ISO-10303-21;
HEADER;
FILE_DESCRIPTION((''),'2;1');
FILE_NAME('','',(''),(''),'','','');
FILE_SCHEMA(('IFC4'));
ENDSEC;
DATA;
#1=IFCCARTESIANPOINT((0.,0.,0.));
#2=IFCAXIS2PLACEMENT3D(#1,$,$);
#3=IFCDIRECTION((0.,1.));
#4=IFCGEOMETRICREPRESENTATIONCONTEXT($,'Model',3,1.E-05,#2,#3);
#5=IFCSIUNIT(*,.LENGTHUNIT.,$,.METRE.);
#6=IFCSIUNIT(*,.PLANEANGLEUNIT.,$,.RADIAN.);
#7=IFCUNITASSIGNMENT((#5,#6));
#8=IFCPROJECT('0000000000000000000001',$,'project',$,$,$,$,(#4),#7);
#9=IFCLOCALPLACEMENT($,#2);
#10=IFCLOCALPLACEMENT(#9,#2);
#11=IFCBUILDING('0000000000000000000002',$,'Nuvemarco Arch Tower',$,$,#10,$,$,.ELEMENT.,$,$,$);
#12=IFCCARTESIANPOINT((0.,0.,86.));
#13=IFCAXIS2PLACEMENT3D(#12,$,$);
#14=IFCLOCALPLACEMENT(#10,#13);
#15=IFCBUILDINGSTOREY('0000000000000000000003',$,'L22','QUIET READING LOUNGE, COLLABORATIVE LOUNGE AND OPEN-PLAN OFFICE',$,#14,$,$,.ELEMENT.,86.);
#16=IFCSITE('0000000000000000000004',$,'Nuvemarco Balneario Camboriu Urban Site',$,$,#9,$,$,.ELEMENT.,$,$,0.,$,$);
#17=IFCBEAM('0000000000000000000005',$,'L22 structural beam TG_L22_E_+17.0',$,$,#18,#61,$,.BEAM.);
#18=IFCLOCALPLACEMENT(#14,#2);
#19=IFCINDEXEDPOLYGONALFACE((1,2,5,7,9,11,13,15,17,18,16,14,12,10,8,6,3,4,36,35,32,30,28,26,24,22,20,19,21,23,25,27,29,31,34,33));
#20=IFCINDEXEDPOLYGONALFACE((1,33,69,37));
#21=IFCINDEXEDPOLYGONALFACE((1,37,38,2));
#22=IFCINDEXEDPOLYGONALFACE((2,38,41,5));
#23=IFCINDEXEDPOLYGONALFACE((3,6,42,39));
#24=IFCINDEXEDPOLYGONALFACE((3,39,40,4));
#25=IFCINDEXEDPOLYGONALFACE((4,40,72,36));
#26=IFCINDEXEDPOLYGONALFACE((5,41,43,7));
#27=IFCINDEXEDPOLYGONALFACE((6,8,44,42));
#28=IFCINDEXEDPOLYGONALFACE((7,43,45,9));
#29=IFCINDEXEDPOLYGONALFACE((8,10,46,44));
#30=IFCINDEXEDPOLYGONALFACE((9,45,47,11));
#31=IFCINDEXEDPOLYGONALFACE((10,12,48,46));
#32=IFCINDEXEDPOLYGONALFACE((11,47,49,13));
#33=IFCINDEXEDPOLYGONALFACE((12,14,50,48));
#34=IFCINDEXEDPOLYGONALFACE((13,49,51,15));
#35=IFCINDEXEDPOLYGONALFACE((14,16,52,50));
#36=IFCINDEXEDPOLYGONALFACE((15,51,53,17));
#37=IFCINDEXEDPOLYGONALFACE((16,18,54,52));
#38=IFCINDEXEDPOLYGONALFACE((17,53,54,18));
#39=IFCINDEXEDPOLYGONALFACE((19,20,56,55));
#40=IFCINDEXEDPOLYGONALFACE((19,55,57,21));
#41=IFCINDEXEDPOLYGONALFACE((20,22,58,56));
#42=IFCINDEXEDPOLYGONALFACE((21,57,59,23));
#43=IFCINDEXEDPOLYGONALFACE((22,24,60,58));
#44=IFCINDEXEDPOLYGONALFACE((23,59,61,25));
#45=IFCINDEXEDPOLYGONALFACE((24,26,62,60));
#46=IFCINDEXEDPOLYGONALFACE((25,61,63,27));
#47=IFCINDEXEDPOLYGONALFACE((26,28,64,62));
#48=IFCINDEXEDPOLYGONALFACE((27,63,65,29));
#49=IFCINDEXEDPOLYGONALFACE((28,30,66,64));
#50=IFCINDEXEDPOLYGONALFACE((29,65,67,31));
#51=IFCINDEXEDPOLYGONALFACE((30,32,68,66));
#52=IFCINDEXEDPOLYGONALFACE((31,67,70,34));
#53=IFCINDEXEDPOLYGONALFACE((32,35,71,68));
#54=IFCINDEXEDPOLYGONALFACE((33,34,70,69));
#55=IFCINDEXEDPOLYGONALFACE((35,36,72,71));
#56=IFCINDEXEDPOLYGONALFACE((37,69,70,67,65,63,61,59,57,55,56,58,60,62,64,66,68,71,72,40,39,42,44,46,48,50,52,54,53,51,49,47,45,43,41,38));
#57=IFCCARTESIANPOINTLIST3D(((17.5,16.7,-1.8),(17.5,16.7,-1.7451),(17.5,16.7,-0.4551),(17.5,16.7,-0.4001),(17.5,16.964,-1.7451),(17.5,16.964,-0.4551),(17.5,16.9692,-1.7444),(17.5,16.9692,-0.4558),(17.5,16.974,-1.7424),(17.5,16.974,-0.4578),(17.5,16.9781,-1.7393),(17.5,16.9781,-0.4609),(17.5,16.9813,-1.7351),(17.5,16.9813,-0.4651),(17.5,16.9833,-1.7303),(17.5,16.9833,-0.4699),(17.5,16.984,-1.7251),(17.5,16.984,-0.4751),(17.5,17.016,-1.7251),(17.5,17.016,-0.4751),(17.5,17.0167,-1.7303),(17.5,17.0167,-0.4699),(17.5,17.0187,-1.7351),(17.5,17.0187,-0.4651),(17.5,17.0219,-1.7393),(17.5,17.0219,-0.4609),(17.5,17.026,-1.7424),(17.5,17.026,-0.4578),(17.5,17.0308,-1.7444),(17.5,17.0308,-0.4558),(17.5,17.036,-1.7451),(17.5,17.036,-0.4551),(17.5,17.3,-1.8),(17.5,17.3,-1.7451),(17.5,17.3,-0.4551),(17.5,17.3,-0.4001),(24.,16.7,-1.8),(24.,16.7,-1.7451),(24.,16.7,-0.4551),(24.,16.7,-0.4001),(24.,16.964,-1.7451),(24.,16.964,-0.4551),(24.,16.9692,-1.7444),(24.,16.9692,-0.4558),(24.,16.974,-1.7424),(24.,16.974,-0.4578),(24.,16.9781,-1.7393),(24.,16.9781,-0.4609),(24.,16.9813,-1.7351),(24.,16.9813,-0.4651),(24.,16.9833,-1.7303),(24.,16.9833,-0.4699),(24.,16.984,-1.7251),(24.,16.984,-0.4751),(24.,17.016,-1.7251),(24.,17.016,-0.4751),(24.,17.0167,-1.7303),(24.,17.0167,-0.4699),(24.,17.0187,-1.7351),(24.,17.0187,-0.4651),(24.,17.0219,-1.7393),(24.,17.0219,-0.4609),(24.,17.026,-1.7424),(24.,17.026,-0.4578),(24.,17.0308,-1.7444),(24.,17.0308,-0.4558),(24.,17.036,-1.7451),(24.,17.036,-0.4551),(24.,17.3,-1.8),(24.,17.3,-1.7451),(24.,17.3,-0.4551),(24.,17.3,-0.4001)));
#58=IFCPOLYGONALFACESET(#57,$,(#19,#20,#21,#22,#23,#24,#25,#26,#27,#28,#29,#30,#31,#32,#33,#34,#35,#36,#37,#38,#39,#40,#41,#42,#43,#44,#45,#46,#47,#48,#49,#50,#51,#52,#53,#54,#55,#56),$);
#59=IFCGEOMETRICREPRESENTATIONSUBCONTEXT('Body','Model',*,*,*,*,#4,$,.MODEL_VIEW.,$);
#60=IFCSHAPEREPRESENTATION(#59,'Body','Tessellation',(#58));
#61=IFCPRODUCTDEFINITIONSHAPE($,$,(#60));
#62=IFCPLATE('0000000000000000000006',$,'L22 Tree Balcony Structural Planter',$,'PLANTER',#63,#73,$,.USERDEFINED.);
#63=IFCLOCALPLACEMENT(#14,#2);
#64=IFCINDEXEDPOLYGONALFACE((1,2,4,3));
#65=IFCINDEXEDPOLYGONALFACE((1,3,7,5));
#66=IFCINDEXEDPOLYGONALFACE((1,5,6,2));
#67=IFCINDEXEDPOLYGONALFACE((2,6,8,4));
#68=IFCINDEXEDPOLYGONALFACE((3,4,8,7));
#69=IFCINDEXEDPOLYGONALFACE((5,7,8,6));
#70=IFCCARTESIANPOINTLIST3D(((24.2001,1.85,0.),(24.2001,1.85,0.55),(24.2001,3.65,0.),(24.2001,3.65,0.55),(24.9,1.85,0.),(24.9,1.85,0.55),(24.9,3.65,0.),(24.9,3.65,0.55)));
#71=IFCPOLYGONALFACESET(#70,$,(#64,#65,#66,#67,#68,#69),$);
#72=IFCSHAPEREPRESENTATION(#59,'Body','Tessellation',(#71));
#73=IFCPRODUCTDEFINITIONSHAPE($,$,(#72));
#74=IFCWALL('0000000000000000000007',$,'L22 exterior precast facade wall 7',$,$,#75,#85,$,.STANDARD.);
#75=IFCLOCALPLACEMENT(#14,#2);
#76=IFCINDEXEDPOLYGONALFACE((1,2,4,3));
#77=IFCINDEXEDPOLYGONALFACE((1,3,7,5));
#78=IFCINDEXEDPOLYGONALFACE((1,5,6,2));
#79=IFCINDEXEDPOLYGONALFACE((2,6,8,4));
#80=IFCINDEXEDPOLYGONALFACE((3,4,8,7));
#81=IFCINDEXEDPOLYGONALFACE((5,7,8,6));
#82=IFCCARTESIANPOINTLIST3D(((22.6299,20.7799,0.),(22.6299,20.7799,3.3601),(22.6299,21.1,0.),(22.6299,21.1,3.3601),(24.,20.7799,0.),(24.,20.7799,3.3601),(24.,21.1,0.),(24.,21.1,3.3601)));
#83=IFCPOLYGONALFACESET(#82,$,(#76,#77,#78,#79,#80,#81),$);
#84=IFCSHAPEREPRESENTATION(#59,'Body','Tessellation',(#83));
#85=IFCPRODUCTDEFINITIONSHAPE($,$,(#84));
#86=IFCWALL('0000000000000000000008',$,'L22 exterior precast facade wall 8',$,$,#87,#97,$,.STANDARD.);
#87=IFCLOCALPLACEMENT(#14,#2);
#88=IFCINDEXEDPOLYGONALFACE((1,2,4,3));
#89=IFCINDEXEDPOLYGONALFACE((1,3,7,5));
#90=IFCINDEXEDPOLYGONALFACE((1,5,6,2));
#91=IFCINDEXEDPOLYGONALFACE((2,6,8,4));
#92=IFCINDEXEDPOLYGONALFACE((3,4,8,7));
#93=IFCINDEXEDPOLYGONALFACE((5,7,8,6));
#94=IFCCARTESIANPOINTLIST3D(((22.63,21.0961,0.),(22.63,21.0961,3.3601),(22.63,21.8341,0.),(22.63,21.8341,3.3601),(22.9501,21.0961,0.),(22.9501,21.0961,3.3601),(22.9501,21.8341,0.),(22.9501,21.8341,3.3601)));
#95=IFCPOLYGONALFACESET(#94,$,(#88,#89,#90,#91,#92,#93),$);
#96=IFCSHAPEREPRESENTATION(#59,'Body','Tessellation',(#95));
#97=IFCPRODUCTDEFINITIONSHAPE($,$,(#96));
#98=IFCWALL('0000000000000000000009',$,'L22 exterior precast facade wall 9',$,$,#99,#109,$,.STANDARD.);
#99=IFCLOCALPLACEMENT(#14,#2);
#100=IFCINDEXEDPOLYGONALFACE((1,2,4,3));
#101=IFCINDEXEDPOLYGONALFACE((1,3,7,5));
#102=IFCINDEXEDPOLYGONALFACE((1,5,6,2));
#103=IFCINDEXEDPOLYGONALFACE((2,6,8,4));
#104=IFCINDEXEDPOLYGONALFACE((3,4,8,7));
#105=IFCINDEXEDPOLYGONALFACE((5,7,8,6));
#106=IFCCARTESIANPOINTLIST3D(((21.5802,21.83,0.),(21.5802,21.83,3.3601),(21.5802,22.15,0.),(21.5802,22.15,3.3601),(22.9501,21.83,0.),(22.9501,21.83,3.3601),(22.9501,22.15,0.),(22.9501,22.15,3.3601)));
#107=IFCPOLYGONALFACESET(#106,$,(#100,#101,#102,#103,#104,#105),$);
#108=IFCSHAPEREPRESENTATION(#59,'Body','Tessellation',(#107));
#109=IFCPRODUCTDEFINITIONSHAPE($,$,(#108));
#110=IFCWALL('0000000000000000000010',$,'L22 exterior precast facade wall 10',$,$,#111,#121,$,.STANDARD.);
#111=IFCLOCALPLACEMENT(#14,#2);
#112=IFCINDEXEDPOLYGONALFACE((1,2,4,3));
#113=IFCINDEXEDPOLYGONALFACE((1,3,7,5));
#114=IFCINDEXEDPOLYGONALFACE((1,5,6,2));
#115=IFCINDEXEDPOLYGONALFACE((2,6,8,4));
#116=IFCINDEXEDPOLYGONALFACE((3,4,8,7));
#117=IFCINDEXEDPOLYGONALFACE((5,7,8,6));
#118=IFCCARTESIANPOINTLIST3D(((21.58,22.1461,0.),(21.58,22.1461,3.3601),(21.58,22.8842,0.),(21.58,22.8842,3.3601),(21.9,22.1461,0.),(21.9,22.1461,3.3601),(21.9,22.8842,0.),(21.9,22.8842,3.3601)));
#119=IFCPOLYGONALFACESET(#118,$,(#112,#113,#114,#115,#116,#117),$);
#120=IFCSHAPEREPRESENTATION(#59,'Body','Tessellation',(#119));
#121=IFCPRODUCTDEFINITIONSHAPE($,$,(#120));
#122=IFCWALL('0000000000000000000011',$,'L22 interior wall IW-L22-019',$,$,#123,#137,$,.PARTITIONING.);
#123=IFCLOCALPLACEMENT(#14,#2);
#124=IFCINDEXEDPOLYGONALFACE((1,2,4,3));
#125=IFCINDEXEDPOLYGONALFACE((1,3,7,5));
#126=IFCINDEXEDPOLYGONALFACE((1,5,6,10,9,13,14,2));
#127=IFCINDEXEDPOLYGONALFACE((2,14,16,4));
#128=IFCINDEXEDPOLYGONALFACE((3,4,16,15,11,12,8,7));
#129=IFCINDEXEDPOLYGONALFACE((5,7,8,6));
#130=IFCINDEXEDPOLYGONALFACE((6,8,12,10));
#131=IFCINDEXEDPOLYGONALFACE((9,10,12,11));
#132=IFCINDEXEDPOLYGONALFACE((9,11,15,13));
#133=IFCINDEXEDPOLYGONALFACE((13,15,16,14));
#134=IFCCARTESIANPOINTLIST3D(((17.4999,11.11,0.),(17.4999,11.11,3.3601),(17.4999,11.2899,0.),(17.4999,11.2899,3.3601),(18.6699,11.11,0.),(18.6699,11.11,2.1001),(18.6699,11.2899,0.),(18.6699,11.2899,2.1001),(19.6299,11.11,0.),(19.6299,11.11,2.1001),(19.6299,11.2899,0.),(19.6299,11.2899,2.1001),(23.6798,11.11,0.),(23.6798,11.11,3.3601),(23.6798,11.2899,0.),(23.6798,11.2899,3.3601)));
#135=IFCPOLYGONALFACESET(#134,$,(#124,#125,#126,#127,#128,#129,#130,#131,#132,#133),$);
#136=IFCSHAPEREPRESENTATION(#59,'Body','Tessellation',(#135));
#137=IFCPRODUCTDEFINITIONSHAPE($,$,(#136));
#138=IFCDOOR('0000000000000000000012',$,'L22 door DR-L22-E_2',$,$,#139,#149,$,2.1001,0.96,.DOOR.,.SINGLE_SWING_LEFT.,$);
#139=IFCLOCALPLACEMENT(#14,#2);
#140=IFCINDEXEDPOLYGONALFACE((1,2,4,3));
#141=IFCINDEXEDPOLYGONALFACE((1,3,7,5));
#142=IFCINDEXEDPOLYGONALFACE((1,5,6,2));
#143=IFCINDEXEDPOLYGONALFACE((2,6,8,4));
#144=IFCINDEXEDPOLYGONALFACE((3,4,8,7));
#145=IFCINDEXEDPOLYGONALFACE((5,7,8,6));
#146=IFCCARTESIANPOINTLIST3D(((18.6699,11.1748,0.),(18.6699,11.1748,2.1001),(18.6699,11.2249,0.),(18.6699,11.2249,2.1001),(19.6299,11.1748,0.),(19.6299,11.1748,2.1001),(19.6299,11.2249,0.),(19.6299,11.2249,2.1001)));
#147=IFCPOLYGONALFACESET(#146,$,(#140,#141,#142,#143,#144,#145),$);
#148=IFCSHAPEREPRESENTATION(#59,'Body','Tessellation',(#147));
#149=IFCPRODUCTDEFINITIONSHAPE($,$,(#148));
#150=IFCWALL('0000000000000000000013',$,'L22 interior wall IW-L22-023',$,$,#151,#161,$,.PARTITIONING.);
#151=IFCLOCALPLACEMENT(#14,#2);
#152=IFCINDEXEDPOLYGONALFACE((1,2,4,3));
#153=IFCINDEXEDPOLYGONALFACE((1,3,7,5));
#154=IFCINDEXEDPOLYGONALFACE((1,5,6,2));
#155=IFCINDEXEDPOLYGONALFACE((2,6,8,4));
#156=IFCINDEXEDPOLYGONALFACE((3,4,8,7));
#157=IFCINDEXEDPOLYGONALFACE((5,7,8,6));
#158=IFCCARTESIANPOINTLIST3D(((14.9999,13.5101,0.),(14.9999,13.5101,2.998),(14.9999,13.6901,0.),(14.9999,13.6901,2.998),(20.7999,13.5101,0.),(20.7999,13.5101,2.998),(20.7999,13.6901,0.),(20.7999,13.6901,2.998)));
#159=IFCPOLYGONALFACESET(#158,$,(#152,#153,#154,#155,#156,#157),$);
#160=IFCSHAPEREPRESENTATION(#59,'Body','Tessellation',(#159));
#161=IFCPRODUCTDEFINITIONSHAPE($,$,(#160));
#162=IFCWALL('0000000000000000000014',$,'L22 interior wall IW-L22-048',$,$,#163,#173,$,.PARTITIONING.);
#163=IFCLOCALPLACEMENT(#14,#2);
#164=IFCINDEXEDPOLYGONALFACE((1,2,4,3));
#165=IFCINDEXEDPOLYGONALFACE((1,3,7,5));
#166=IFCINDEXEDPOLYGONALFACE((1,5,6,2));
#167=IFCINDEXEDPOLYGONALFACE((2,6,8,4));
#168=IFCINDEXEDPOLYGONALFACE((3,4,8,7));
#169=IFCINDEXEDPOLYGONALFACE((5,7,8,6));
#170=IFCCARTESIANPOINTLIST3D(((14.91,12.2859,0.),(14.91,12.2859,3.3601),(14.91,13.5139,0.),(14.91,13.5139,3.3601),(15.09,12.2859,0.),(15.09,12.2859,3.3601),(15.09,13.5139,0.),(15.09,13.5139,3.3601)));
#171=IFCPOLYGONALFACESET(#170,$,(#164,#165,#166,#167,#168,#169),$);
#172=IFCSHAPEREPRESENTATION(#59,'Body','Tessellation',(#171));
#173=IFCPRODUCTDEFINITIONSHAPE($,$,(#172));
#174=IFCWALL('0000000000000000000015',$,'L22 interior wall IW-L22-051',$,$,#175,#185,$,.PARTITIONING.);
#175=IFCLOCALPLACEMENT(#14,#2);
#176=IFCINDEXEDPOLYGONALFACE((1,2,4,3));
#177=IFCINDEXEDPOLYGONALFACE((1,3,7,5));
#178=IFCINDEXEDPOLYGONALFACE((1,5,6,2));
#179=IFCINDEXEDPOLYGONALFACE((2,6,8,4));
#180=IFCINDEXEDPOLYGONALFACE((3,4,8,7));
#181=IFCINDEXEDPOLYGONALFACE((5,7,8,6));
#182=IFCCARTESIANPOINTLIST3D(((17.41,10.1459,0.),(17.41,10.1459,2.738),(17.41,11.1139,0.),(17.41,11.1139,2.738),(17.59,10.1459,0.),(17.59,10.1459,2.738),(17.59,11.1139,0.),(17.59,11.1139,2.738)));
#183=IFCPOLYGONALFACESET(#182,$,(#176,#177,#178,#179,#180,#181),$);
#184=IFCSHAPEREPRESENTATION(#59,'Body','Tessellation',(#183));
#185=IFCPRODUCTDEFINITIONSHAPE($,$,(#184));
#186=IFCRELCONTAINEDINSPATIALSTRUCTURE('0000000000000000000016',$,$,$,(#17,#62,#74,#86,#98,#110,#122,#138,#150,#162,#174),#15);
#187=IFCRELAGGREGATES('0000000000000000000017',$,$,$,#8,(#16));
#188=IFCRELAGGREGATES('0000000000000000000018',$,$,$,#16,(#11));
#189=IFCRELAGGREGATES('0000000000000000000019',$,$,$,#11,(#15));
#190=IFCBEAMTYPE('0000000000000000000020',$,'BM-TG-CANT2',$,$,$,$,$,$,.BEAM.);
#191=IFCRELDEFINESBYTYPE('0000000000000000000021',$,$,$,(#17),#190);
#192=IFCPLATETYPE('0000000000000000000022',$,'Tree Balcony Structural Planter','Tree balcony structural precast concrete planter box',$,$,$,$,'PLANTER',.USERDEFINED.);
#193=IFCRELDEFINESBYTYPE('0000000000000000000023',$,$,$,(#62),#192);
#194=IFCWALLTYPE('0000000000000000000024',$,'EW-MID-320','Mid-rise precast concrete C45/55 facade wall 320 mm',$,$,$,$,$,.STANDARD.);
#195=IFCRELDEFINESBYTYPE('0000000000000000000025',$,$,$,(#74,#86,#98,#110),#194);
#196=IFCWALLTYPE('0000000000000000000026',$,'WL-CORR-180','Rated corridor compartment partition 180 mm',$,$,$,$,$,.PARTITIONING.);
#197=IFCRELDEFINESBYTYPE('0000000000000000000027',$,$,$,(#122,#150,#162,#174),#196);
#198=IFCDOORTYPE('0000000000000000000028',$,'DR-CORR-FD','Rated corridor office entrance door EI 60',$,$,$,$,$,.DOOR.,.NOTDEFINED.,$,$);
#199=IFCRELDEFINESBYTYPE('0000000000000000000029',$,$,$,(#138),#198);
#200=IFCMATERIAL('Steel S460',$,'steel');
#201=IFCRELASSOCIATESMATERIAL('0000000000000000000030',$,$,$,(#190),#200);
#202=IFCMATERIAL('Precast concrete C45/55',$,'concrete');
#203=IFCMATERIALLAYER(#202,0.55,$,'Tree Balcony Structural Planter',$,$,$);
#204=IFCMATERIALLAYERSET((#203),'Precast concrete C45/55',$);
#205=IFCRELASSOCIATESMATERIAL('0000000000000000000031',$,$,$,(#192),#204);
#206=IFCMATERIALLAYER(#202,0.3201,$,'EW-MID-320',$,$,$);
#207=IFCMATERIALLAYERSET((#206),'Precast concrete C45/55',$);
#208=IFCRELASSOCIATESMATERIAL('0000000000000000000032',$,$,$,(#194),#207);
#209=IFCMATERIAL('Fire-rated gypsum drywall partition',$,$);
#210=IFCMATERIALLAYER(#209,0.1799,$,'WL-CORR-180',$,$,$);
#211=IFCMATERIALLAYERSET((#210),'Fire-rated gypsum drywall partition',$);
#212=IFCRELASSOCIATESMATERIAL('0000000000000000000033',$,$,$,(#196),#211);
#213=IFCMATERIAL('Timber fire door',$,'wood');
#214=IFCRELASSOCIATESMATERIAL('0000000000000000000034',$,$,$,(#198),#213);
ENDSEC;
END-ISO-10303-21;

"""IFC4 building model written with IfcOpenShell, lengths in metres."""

from ifc_helpers import new_model, si_unit, direction, frame, frame_2d, origin, origin_2d, place, context, subcontext, project, spatial, rectangle, i_section, extrude, source, transform, mapped, material, layer, layer_set, material_profile, profile_set, type_object, type_shapes, element, fill, save


model = new_model("IFC4")

# Units and contexts
model_context = context("Model", 3, precision=1e-05, world=origin(), true_north=direction((0.0, 1.0)))
body_context = subcontext(model_context, "Body", "Model", "MODEL_VIEW")
ifc_project = project(units=[si_unit("LENGTHUNIT", "METRE"), si_unit("PLANEANGLEUNIT", "RADIAN")], contexts=[model_context])

# Site, building, storey
site_placement = place(None, origin())
site = spatial("IfcSite", under=ifc_project, at=site_placement, Name="Nuvemarco Balneario Camboriu Urban Site", CompositionType="ELEMENT", RefElevation=0.0)
building_placement = place(site_placement, origin())
building = spatial("IfcBuilding", under=site, at=building_placement, Name="Nuvemarco Arch Tower", CompositionType="ELEMENT")
storey_placement = place(building_placement, frame((0.0, 0.0, 86.0)))
storey = spatial("IfcBuildingStorey", under=building, at=storey_placement, Name="L22", Description="QUIET READING LOUNGE, COLLABORATIVE LOUNGE AND OPEN-PLAN OFFICE", CompositionType="ELEMENT", Elevation=86.0)

# Shared definitions
ifc_material_1 = material(Name="Steel S460", Category="steel")

# Beam
ifc_material_2 = material(Name="Precast concrete C45/55", Category="concrete")
ifc_material_profile_1 = material_profile(ifc_material_1, i_section(OverallWidth=0.6001, OverallDepth=1.3999, WebThickness=0.032, FlangeThickness=0.0549, FilletRadius=0.02, at=origin_2d()), Name="PG1400x600")
ifc_profile_set_1 = profile_set([ifc_material_profile_1], Name="Steel S460")
beam_type_1 = type_object("IfcBeamType", Name="BM-TG-CANT2", PredefinedType="BEAM", material=ifc_profile_set_1)
beam_1_placement = place(storey_placement, frame((17.5, 17.0, -1.1001), z_axis=(1.0, 0.0, 0.0), x_axis=(0.0, 1.0, 0.0)))
element("IfcBeam", 1, at=beam_1_placement, inside=storey, type_object=beam_type_1, Name="L22 structural beam TG_L22_E_+17.0", PredefinedType="BEAM", context=body_context, shape_type="SweptSolid", body=[
    extrude(i_section(OverallWidth=0.6001, OverallDepth=1.3999, WebThickness=0.032, FlangeThickness=0.0549, FilletRadius=0.02, at=origin_2d()), origin(), (0.0, 0.0, 1.0), 6.5),
])

# Plate
ifc_layer_1 = layer(ifc_material_2, 0.55, Name="Tree Balcony Structural Planter")
ifc_layer_set_1 = layer_set([ifc_layer_1], Name="Precast concrete C45/55")
plate_type = type_object("IfcPlateType", Name="Tree Balcony Structural Planter", Description="Tree balcony structural precast concrete planter box", ElementType="PLANTER", PredefinedType="USERDEFINED", material=ifc_layer_set_1)
shared_shape_1 = source(origin(), body_context, "Body", "SweptSolid", [
    extrude(rectangle(XDim=1.8, YDim=0.7, at=origin_2d()), origin(), (0.0, 0.0, 1.0), 0.55),
])
type_shapes(plate_type, [shared_shape_1])
plate_placement = place(storey_placement, frame((24.55, 2.75, 0.0), z_axis=(0.0, 0.0, 1.0), x_axis=(0.0, 1.0, 0.0)))
element("IfcPlate", 2, at=plate_placement, inside=storey, type_object=plate_type, Name="L22 Tree Balcony Structural Planter", ObjectType="PLANTER", PredefinedType="USERDEFINED", context=body_context, shape_type="MappedRepresentation", body=[
    mapped(shared_shape_1, transform((0.0, 0.0, 0.0), scale=1.0)),
])

# Walls
ifc_layer_2 = layer(ifc_material_2, 0.3201, Name="EW-MID-320")
ifc_layer_set_2 = layer_set([ifc_layer_2], Name="Precast concrete C45/55")
wall_type_1 = type_object("IfcWallType", Name="EW-MID-320", Description="Mid-rise precast concrete C45/55 facade wall 320 mm", PredefinedType="STANDARD", material=ifc_layer_set_2)
wall_1_placement = place(storey_placement, frame((22.6299, 20.9399, 0.0), z_axis=(0.0, 0.0, 1.0), x_axis=(1.0, 0.0, 0.0)))
element("IfcWall", 3, at=wall_1_placement, inside=storey, type_object=wall_type_1, Name="L22 exterior precast facade wall 7", PredefinedType="STANDARD", context=body_context, shape_type="SweptSolid", body=[
    extrude(rectangle(XDim=1.3701, YDim=0.3201, at=frame_2d((0.6851, 0.0))), origin(), (0.0, 0.0, 1.0), 3.3601),
])
wall_2_placement = place(storey_placement, frame((22.79, 21.0959, 0.0), z_axis=(0.0, 0.0, 1.0), x_axis=(0.0, 1.0, 0.0)))
element("IfcWall", 4, at=wall_2_placement, inside=storey, type_object=wall_type_1, Name="L22 exterior precast facade wall 8", PredefinedType="STANDARD", context=body_context, shape_type="SweptSolid", body=[
    extrude(rectangle(XDim=0.738, YDim=0.3201, at=frame_2d((0.3691, 0.0))), origin(), (0.0, 0.0, 1.0), 3.3601),
])
wall_3_placement = place(storey_placement, frame((21.5801, 21.99, 0.0), z_axis=(0.0, 0.0, 1.0), x_axis=(1.0, 0.0, 0.0)))
element("IfcWall", 5, at=wall_3_placement, inside=storey, type_object=wall_type_1, Name="L22 exterior precast facade wall 9", PredefinedType="STANDARD", context=body_context, shape_type="SweptSolid", body=[
    extrude(rectangle(XDim=1.3699, YDim=0.3201, at=frame_2d((0.6851, 0.0))), origin(), (0.0, 0.0, 1.0), 3.3601),
])
wall_4_placement = place(storey_placement, frame((21.74, 22.146, 0.0), z_axis=(0.0, 0.0, 1.0), x_axis=(0.0, 1.0, 0.0)))
element("IfcWall", 6, at=wall_4_placement, inside=storey, type_object=wall_type_1, Name="L22 exterior precast facade wall 10", PredefinedType="STANDARD", context=body_context, shape_type="SweptSolid", body=[
    extrude(rectangle(XDim=0.738, YDim=0.3201, at=frame_2d((0.3691, 0.0))), origin(), (0.0, 0.0, 1.0), 3.3601),
])

# Wall, opening, door
ifc_material_3 = material(Name="Fire-rated gypsum drywall partition")
ifc_layer_3 = layer(ifc_material_3, 0.1799, Name="WL-CORR-180")
ifc_layer_set_3 = layer_set([ifc_layer_3], Name="Fire-rated gypsum drywall partition")
wall_type_2 = type_object("IfcWallType", Name="WL-CORR-180", Description="Rated corridor compartment partition 180 mm", PredefinedType="PARTITIONING", material=ifc_layer_set_3)
wall_5_placement = place(storey_placement, frame((17.5, 11.2, 0.0), z_axis=(0.0, 0.0, 1.0), x_axis=(1.0, 0.0, 0.0)))
wall_5 = element("IfcWall", 7, at=wall_5_placement, inside=storey, type_object=wall_type_2, Name="L22 interior wall IW-L22-019", PredefinedType="PARTITIONING", context=body_context, shape_type="SweptSolid", body=[
    extrude(rectangle(XDim=6.1799, YDim=0.1799, at=frame_2d((3.0898, 0.0))), origin(), (0.0, 0.0, 1.0), 3.3601),
])
opening_placement = place(wall_5_placement, frame((1.1699, 0.0, 0.0)))
opening = element("IfcOpeningElement", 8, at=opening_placement, cuts=wall_5, PredefinedType="OPENING", context=body_context, shape_type="SweptSolid", body=[
    extrude(rectangle(XDim=0.96, YDim=2.1001, at=frame_2d((0.48, 1.05))), frame((0.0, 0.0999, 0.0), z_axis=(0.0, -1.0, 0.0), x_axis=(1.0, 0.0, 0.0)), (0.0, 0.0, 1.0), 0.2),
])
ifc_material_4 = material(Name="Timber fire door", Category="wood")
door_type = type_object("IfcDoorType", Name="DR-CORR-FD", Description="Rated corridor office entrance door EI 60", OperationType="NOTDEFINED", PredefinedType="DOOR", material=ifc_material_4)
shared_shape_2 = source(origin(), body_context, "Body", "SweptSolid", [
    extrude(rectangle(XDim=0.96, YDim=2.1001, at=frame_2d((0.48, 1.05))), frame((0.0, 0.0249, 0.0), z_axis=(0.0, -1.0, 0.0), x_axis=(1.0, 0.0, 0.0)), (0.0, 0.0, 1.0), 0.05),
])
type_shapes(door_type, [shared_shape_2])
door_placement = place(opening_placement, origin())
door = element("IfcDoor", 9, at=door_placement, inside=storey, type_object=door_type, Name="L22 door DR-L22-E_2", OperationType="SINGLE_SWING_LEFT", OverallHeight=2.1001, OverallWidth=0.96, PredefinedType="DOOR", context=body_context, shape_type="MappedRepresentation", body=[
    mapped(shared_shape_2, transform((0.0, 0.0, 0.0), scale=1.0)),
])
fill(opening, door)

# Walls
wall_6_placement = place(storey_placement, frame((15.0, 13.6001, 0.0), z_axis=(0.0, 0.0, 1.0), x_axis=(1.0, 0.0, 0.0)))
element("IfcWall", 10, at=wall_6_placement, inside=storey, type_object=wall_type_2, Name="L22 interior wall IW-L22-023", PredefinedType="PARTITIONING", context=body_context, shape_type="SweptSolid", body=[
    extrude(rectangle(XDim=5.8, YDim=0.1799, at=frame_2d((2.8999, 0.0))), origin(), (0.0, 0.0, 1.0), 2.998),
])
wall_7_placement = place(storey_placement, frame((15.0, 12.2859, 0.0), z_axis=(0.0, 0.0, 1.0), x_axis=(0.0, 1.0, 0.0)))
element("IfcWall", 11, at=wall_7_placement, inside=storey, type_object=wall_type_2, Name="L22 interior wall IW-L22-048", PredefinedType="PARTITIONING", context=body_context, shape_type="SweptSolid", body=[
    extrude(rectangle(XDim=1.228, YDim=0.1799, at=frame_2d((0.614, 0.0))), origin(), (0.0, 0.0, 1.0), 3.3601),
])
wall_8_placement = place(storey_placement, frame((17.5, 10.146, 0.0), z_axis=(0.0, 0.0, 1.0), x_axis=(0.0, 1.0, 0.0)))
element("IfcWall", 12, at=wall_8_placement, inside=storey, type_object=wall_type_2, Name="L22 interior wall IW-L22-051", PredefinedType="PARTITIONING", context=body_context, shape_type="SweptSolid", body=[
    extrude(rectangle(XDim=0.968, YDim=0.1799, at=frame_2d((0.4839, 0.0))), origin(), (0.0, 0.0, 1.0), 2.738),
])

save(model, "model.ifc")
